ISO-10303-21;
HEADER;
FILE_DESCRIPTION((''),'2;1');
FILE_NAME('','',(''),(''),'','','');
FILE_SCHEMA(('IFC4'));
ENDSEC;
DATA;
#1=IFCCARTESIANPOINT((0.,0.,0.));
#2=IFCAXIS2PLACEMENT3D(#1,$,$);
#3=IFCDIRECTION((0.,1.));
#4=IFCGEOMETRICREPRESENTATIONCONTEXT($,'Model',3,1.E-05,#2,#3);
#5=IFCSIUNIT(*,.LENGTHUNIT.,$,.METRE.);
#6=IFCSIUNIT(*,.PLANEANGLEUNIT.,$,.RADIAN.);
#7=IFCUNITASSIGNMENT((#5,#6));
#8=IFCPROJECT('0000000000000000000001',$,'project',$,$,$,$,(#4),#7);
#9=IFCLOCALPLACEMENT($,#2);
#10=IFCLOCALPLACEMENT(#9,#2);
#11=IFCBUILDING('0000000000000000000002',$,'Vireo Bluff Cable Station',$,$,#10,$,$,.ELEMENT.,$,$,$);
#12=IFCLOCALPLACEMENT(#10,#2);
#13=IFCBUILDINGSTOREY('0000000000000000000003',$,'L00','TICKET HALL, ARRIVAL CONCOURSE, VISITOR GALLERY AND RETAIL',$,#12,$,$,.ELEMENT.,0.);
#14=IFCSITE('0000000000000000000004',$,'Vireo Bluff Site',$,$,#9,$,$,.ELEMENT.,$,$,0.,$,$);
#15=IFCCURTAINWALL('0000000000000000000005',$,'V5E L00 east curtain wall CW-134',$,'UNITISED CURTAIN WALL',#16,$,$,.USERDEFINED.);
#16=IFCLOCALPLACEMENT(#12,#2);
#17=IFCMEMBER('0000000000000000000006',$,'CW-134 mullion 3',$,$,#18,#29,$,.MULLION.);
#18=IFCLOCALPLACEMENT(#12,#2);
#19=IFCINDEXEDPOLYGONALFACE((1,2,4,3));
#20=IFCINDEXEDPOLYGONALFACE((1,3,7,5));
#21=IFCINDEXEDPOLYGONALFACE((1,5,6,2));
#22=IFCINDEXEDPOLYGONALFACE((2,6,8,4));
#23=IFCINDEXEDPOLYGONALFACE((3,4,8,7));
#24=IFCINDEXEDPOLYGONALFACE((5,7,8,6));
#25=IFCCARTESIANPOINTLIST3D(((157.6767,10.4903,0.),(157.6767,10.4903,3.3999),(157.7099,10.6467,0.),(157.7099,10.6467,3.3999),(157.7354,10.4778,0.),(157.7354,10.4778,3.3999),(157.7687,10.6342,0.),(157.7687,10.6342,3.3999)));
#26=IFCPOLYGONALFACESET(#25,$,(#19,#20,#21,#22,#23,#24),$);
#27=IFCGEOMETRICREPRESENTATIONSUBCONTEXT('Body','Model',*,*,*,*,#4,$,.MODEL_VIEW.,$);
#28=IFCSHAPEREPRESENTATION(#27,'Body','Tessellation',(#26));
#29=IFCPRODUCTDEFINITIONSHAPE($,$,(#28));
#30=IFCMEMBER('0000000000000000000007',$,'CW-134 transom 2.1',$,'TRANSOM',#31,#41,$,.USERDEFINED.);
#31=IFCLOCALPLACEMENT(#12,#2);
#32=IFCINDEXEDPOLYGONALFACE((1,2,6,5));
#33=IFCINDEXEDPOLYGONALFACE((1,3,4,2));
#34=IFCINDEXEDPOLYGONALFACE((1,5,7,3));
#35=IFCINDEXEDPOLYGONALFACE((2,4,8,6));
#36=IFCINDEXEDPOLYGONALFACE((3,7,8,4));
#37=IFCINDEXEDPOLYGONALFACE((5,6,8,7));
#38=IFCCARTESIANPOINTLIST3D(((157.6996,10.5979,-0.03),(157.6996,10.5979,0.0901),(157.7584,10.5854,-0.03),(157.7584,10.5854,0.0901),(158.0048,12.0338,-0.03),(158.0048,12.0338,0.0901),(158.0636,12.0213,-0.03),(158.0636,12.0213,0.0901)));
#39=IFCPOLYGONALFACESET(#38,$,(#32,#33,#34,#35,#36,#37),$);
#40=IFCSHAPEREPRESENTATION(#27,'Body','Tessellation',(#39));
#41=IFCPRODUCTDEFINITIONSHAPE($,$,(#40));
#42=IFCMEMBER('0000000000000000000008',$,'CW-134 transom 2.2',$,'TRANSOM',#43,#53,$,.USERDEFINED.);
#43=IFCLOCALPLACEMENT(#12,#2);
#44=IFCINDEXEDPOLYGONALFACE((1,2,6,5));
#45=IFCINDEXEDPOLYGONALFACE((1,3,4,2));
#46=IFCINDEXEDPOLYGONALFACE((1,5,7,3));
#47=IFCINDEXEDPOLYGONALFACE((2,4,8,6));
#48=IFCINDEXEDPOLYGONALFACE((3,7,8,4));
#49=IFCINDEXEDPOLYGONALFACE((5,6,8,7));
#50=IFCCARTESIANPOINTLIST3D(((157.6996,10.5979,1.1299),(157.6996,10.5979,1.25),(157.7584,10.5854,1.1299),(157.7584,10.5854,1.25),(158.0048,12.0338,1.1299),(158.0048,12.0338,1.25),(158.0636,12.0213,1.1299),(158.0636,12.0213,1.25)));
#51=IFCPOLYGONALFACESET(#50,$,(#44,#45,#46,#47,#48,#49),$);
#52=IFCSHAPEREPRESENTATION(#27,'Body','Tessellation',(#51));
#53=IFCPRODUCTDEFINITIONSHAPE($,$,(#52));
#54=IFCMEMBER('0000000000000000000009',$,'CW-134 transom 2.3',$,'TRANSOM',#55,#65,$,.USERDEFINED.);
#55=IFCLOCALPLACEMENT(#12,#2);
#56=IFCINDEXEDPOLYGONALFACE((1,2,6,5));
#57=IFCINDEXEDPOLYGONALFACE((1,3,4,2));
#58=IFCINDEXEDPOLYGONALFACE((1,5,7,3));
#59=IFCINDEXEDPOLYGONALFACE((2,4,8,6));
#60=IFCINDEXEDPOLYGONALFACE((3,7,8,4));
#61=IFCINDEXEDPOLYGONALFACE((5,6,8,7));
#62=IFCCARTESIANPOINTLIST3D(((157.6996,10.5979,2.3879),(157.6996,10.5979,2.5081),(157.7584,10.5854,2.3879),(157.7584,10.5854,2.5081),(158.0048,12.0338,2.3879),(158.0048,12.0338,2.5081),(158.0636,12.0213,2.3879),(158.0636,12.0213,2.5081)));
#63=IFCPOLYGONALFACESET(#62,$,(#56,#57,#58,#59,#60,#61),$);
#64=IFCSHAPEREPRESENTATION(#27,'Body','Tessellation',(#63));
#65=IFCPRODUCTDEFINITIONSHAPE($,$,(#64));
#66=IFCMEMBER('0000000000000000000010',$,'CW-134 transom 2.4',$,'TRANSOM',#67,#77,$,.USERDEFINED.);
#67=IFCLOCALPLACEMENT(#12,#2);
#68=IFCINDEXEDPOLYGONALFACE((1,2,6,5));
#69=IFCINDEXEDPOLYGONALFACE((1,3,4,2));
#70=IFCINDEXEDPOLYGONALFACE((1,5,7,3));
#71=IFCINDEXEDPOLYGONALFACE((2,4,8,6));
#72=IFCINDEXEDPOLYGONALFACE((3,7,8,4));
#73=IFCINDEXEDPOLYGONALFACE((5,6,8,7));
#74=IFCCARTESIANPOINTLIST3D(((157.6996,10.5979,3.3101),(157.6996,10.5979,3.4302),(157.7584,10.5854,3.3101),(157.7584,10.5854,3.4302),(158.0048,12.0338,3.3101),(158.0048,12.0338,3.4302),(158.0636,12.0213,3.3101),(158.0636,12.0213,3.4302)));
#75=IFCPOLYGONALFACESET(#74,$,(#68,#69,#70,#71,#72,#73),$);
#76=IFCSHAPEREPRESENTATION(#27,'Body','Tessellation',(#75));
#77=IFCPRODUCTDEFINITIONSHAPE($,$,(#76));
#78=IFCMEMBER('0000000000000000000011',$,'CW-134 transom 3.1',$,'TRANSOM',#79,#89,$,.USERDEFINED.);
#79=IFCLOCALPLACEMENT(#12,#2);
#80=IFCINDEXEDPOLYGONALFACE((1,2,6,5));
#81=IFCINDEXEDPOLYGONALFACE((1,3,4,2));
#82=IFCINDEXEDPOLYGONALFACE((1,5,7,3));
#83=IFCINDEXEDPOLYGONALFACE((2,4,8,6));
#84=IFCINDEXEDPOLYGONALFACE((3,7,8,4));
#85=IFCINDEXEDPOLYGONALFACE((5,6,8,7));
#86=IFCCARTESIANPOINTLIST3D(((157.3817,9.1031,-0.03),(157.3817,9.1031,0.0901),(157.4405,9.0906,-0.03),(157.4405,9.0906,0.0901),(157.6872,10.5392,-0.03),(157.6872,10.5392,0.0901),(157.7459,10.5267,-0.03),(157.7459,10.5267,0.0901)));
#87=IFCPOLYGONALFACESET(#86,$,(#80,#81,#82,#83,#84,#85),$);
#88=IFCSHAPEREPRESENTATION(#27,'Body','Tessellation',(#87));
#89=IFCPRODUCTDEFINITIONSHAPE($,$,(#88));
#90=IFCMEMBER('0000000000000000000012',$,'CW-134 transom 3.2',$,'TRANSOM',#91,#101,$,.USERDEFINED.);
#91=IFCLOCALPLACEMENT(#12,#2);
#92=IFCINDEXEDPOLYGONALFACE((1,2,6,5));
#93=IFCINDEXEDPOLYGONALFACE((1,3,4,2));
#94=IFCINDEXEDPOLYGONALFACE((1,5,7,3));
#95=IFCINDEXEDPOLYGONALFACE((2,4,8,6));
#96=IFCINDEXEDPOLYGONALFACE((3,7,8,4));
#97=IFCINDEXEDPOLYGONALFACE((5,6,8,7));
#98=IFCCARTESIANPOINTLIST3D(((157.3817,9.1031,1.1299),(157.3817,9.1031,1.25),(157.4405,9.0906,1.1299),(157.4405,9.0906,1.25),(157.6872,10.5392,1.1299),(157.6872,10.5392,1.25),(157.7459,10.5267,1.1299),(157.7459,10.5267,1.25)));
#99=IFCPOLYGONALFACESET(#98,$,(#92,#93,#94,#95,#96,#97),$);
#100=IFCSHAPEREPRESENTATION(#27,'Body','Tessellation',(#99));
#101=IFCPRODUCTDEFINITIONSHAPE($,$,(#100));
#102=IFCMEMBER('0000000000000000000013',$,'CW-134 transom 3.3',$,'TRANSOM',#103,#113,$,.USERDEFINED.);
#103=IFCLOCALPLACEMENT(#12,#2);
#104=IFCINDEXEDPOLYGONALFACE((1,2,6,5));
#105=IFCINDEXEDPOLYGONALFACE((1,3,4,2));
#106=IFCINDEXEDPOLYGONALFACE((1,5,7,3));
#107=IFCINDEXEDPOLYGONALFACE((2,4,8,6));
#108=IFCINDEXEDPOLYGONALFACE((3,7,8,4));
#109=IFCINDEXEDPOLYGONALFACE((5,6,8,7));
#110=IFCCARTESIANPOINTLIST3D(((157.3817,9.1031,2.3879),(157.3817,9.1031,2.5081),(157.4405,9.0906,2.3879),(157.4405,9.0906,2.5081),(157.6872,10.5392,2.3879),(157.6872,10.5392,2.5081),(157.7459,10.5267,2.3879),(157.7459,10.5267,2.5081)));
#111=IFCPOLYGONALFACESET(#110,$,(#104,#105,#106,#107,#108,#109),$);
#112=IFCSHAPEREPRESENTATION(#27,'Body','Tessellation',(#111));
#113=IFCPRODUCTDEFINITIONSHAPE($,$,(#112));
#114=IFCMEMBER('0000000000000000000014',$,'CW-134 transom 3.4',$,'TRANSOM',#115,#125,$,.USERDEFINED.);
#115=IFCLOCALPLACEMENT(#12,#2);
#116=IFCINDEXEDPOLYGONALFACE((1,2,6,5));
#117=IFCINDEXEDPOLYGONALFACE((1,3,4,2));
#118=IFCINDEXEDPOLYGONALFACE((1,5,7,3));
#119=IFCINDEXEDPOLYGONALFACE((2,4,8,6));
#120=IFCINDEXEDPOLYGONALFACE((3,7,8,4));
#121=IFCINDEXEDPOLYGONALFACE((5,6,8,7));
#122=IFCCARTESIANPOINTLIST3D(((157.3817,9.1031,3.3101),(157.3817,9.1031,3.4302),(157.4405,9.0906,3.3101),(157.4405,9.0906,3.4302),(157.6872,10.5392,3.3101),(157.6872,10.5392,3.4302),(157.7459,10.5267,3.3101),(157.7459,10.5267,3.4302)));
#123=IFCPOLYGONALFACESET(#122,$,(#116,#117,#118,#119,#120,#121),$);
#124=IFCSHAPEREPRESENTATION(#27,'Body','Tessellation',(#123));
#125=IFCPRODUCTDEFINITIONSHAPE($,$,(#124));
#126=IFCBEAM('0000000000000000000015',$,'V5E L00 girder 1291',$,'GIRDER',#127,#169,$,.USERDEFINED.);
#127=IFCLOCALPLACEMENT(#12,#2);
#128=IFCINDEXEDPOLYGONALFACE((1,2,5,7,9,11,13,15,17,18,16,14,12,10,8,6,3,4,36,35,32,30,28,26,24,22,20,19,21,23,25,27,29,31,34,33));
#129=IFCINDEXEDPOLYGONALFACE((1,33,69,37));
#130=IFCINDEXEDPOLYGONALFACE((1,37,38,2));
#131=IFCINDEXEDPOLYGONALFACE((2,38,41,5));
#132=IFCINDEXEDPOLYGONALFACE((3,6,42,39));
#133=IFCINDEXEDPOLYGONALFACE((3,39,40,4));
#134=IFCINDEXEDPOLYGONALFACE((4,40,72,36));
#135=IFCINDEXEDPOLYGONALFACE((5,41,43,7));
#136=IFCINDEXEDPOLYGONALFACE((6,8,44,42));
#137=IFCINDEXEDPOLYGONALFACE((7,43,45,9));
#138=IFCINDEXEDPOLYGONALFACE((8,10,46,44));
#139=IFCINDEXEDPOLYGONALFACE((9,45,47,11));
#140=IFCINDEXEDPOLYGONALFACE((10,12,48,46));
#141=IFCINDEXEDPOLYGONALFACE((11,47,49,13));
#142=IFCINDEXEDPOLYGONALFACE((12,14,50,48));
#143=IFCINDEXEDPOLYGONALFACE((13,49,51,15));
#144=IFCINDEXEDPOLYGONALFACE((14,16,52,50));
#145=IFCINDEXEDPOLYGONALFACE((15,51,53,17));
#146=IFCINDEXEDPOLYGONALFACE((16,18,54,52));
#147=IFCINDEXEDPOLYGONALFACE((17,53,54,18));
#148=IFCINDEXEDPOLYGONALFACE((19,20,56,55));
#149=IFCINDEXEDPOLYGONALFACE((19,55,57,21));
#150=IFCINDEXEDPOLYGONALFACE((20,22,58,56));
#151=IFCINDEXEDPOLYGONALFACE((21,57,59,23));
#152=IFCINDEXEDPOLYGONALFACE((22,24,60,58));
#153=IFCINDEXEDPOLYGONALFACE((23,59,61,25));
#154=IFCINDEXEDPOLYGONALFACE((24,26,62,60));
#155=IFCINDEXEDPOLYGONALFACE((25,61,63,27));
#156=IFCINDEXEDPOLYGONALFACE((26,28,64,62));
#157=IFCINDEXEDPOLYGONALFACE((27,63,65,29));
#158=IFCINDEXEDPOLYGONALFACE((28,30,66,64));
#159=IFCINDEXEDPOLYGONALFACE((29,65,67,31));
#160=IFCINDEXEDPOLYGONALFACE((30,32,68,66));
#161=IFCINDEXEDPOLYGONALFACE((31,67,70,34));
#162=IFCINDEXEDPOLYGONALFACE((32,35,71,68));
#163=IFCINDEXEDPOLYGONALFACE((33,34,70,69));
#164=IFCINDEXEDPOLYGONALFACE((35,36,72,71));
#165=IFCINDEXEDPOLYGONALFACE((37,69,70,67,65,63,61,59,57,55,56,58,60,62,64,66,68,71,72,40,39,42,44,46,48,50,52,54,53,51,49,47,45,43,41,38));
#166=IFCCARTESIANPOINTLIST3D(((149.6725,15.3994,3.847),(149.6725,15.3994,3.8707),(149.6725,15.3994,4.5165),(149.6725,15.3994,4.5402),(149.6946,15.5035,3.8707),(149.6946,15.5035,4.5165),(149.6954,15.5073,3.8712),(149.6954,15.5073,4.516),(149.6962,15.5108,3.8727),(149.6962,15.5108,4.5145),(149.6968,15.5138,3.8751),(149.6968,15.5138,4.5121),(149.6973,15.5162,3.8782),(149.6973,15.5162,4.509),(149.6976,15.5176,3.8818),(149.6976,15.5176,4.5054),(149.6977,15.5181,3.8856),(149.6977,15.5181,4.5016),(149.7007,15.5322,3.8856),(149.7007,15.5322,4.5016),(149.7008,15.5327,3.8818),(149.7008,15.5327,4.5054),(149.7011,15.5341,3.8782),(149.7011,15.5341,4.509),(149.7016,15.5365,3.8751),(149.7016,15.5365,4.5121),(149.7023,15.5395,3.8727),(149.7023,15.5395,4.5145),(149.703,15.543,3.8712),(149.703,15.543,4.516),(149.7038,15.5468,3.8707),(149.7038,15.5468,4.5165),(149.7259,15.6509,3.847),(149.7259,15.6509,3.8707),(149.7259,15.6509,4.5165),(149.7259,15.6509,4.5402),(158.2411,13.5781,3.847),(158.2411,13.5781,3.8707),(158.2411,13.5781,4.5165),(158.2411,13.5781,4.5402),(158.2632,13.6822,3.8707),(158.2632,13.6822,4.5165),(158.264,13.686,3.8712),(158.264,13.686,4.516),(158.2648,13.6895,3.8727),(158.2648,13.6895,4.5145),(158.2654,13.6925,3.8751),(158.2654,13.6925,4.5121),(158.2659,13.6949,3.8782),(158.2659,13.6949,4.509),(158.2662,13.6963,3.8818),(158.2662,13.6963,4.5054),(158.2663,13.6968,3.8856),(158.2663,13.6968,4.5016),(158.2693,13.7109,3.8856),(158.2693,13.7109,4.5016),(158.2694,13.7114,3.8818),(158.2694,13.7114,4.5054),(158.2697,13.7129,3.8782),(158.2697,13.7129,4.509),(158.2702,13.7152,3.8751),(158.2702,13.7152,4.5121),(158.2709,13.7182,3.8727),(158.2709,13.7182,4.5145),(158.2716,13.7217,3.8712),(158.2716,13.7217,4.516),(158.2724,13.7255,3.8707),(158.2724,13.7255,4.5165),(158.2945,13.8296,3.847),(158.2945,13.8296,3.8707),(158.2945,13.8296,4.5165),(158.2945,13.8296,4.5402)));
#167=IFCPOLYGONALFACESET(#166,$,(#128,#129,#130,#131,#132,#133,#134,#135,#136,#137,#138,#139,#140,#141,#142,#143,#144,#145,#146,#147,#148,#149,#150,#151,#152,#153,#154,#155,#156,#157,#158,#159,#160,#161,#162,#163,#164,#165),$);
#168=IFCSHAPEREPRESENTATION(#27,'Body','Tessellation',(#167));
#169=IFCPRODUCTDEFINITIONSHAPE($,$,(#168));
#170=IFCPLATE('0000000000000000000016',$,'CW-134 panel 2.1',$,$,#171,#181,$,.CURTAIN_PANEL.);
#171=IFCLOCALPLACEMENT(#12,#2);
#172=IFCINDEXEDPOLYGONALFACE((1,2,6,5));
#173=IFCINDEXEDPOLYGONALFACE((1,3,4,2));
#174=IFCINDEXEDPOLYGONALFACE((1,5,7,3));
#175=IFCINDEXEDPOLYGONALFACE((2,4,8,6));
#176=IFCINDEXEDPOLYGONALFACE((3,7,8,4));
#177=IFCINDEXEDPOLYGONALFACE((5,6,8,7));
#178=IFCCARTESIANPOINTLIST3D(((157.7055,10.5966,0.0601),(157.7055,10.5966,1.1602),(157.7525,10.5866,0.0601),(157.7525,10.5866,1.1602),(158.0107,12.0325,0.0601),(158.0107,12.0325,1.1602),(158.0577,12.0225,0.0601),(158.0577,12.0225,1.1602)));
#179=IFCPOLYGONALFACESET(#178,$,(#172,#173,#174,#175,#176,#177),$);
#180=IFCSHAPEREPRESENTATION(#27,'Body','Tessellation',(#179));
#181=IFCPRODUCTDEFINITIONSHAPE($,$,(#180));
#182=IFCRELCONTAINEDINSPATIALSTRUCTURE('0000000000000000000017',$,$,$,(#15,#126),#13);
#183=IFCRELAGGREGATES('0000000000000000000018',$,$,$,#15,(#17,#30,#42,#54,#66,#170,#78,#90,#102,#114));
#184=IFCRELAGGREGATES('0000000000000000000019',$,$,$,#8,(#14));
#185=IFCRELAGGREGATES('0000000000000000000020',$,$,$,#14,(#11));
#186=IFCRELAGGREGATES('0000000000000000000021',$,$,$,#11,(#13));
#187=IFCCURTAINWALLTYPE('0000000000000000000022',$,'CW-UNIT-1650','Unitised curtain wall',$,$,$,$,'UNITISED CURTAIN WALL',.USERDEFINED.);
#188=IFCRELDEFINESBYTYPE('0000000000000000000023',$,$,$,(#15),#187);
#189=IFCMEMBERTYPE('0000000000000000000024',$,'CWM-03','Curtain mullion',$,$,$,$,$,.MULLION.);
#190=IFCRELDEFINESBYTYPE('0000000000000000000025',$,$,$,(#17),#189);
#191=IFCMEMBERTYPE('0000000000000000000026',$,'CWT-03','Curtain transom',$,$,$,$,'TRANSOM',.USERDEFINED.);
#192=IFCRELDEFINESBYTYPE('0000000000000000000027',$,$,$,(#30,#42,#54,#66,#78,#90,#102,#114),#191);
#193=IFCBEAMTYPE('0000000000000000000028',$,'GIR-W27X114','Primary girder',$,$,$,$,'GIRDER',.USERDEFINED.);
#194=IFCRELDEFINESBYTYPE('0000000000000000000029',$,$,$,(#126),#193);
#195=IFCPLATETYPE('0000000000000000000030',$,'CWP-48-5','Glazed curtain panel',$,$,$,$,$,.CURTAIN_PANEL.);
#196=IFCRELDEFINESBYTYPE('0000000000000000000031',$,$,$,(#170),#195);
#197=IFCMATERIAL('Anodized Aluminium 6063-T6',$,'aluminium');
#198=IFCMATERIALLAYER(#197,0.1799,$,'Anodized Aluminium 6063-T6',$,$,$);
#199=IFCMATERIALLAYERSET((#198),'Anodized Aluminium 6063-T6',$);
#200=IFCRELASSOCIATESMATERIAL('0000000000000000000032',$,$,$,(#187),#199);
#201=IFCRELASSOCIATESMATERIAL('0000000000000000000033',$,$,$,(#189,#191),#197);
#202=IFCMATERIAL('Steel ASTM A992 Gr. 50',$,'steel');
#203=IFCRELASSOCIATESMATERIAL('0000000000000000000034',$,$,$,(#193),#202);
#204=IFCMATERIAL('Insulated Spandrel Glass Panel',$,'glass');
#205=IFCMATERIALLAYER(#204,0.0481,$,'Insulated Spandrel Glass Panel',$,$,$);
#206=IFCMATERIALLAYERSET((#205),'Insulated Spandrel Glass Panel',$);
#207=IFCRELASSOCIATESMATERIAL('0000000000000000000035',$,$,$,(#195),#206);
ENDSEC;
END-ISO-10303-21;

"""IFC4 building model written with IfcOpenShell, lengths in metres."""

from ifc_helpers import new_model, si_unit, direction, frame, origin, origin_2d, place, context, subcontext, project, spatial, rectangle, i_section, extrude, material, layer, layer_set, material_profile, profile_set, type_object, element, aggregate, save


model = new_model("IFC4")

# Units and contexts
model_context = context("Model", 3, precision=1e-05, world=origin(), true_north=direction((0.0, 1.0)))
body_context = subcontext(model_context, "Body", "Model", "MODEL_VIEW")
ifc_project = project(units=[si_unit("LENGTHUNIT", "METRE"), si_unit("PLANEANGLEUNIT", "RADIAN")], contexts=[model_context])

# Site, building, storey
site_placement = place(None, origin())
site = spatial("IfcSite", under=ifc_project, at=site_placement, Name="Vireo Bluff Site", CompositionType="ELEMENT", RefElevation=0.0)
building_placement = place(site_placement, origin())
building = spatial("IfcBuilding", under=site, at=building_placement, Name="Vireo Bluff Cable Station", CompositionType="ELEMENT")
storey_placement = place(building_placement, origin())
storey = spatial("IfcBuildingStorey", under=building, at=storey_placement, Name="L00", Description="TICKET HALL, ARRIVAL CONCOURSE, VISITOR GALLERY AND RETAIL", CompositionType="ELEMENT", Elevation=0.0)

# Shared definitions
ifc_material_1 = material(Name="Steel ASTM A992 Gr. 50", Category="steel")

# Curtain wall, members
ifc_material_2 = material(Name="Anodized Aluminium 6063-T6", Category="aluminium")
ifc_layer_1 = layer(ifc_material_2, 0.1799, Name="Anodized Aluminium 6063-T6")
ifc_layer_set_1 = layer_set([ifc_layer_1], Name="Anodized Aluminium 6063-T6")
curtain_wall_type = type_object("IfcCurtainWallType", Name="CW-UNIT-1650", Description="Unitised curtain wall", ElementType="UNITISED CURTAIN WALL", PredefinedType="USERDEFINED", material=ifc_layer_set_1)
curtain_wall_placement = place(storey_placement, origin())
curtain_wall = element("IfcCurtainWall", 1, at=curtain_wall_placement, inside=storey, type_object=curtain_wall_type, Name="V5E L00 east curtain wall CW-134", ObjectType="UNITISED CURTAIN WALL", PredefinedType="USERDEFINED")
ifc_material_profile_1 = material_profile(ifc_material_2, rectangle(XDim=0.0601, YDim=0.1599, at=origin_2d()), Name="ALU-M-60X160")
ifc_profile_set_1 = profile_set([ifc_material_profile_1], Name="Anodized Aluminium 6063-T6")
member_type_1 = type_object("IfcMemberType", Name="CWM-03", Description="Curtain mullion", PredefinedType="MULLION", material=ifc_profile_set_1)
member_1_placement = place(storey_placement, frame((157.7227, 10.5623, 0.0), z_axis=(0.0, 0.0, 1.0), x_axis=(0.978148, -0.207912, 0.0)))
member_1 = element("IfcMember", 2, at=member_1_placement, type_object=member_type_1, Name="CW-134 mullion 3", PredefinedType="MULLION", context=body_context, shape_type="SweptSolid", body=[
    extrude(rectangle(XDim=0.0601, YDim=0.1599, at=origin_2d()), origin(), (0.0, 0.0, 1.0), 3.3999),
])
ifc_material_profile_2 = material_profile(ifc_material_2, rectangle(XDim=0.0601, YDim=0.1201, at=origin_2d()), Name="ALU-T-60X120")
ifc_profile_set_2 = profile_set([ifc_material_profile_2], Name="Anodized Aluminium 6063-T6")
member_type_2 = type_object("IfcMemberType", Name="CWT-03", Description="Curtain transom", ElementType="TRANSOM", PredefinedType="USERDEFINED", material=ifc_profile_set_2)
member_2_placement = place(storey_placement, frame((158.0342, 12.0276, 0.03), z_axis=(-0.207871, -0.978156, 0.0), x_axis=(0.978156, -0.207871, 0.0)))
member_2 = element("IfcMember", 3, at=member_2_placement, type_object=member_type_2, Name="CW-134 transom 2.1", ObjectType="TRANSOM", PredefinedType="USERDEFINED", context=body_context, shape_type="SweptSolid", body=[
    extrude(rectangle(XDim=0.0601, YDim=0.1201, at=origin_2d()), origin(), (0.0, 0.0, 1.0), 1.468),
])
member_3_placement = place(storey_placement, frame((158.0342, 12.0276, 1.1899), z_axis=(-0.207871, -0.978156, 0.0), x_axis=(0.978156, -0.207871, 0.0)))
member_3 = element("IfcMember", 4, at=member_3_placement, type_object=member_type_2, Name="CW-134 transom 2.2", ObjectType="TRANSOM", PredefinedType="USERDEFINED", context=body_context, shape_type="SweptSolid", body=[
    extrude(rectangle(XDim=0.0601, YDim=0.1201, at=origin_2d()), origin(), (0.0, 0.0, 1.0), 1.468),
])
member_4_placement = place(storey_placement, frame((158.0342, 12.0276, 2.448), z_axis=(-0.207871, -0.978156, 0.0), x_axis=(0.978156, -0.207871, 0.0)))
member_4 = element("IfcMember", 5, at=member_4_placement, type_object=member_type_2, Name="CW-134 transom 2.3", ObjectType="TRANSOM", PredefinedType="USERDEFINED", context=body_context, shape_type="SweptSolid", body=[
    extrude(rectangle(XDim=0.0601, YDim=0.1201, at=origin_2d()), origin(), (0.0, 0.0, 1.0), 1.468),
])
member_5_placement = place(storey_placement, frame((158.0342, 12.0276, 3.3701), z_axis=(-0.207871, -0.978156, 0.0), x_axis=(0.978156, -0.207871, 0.0)))
member_5 = element("IfcMember", 6, at=member_5_placement, type_object=member_type_2, Name="CW-134 transom 2.4", ObjectType="TRANSOM", PredefinedType="USERDEFINED", context=body_context, shape_type="SweptSolid", body=[
    extrude(rectangle(XDim=0.0601, YDim=0.1201, at=origin_2d()), origin(), (0.0, 0.0, 1.0), 1.468),
])
member_6_placement = place(storey_placement, frame((157.7166, 10.533, 0.03), z_axis=(-0.20803, -0.978122, 0.0), x_axis=(0.978122, -0.20803, 0.0)))
member_6 = element("IfcMember", 7, at=member_6_placement, type_object=member_type_2, Name="CW-134 transom 3.1", ObjectType="TRANSOM", PredefinedType="USERDEFINED", context=body_context, shape_type="SweptSolid", body=[
    extrude(rectangle(XDim=0.0601, YDim=0.1201, at=origin_2d()), origin(), (0.0, 0.0, 1.0), 1.4683),
])
member_7_placement = place(storey_placement, frame((157.7166, 10.533, 1.1899), z_axis=(-0.20803, -0.978122, 0.0), x_axis=(0.978122, -0.20803, 0.0)))
member_7 = element("IfcMember", 8, at=member_7_placement, type_object=member_type_2, Name="CW-134 transom 3.2", ObjectType="TRANSOM", PredefinedType="USERDEFINED", context=body_context, shape_type="SweptSolid", body=[
    extrude(rectangle(XDim=0.0601, YDim=0.1201, at=origin_2d()), origin(), (0.0, 0.0, 1.0), 1.4683),
])
member_8_placement = place(storey_placement, frame((157.7166, 10.533, 2.448), z_axis=(-0.20803, -0.978122, 0.0), x_axis=(0.978122, -0.20803, 0.0)))
member_8 = element("IfcMember", 9, at=member_8_placement, type_object=member_type_2, Name="CW-134 transom 3.3", ObjectType="TRANSOM", PredefinedType="USERDEFINED", context=body_context, shape_type="SweptSolid", body=[
    extrude(rectangle(XDim=0.0601, YDim=0.1201, at=origin_2d()), origin(), (0.0, 0.0, 1.0), 1.4683),
])
member_9_placement = place(storey_placement, frame((157.7166, 10.533, 3.3701), z_axis=(-0.20803, -0.978122, 0.0), x_axis=(0.978122, -0.20803, 0.0)))
member_9 = element("IfcMember", 10, at=member_9_placement, type_object=member_type_2, Name="CW-134 transom 3.4", ObjectType="TRANSOM", PredefinedType="USERDEFINED", context=body_context, shape_type="SweptSolid", body=[
    extrude(rectangle(XDim=0.0601, YDim=0.1201, at=origin_2d()), origin(), (0.0, 0.0, 1.0), 1.4683),
])

# Beam
ifc_material_profile_3 = material_profile(ifc_material_1, i_section(OverallWidth=0.2571, OverallDepth=0.6931, WebThickness=0.0144, FlangeThickness=0.0237, FilletRadius=0.0149, at=origin_2d()), Name="W27X114")
ifc_profile_set_3 = profile_set([ifc_material_profile_3], Name="Steel ASTM A992 Gr. 50")
beam_type = type_object("IfcBeamType", Name="GIR-W27X114", Description="Primary girder", ElementType="GIRDER", PredefinedType="USERDEFINED", material=ifc_profile_set_3)
beam_placement = place(storey_placement, frame((149.6992, 15.5251, 4.1936), z_axis=(0.978148, -0.207909, 0.0), x_axis=(0.207909, 0.978148, 0.0)))
element("IfcBeam", 11, at=beam_placement, inside=storey, type_object=beam_type, Name="V5E L00 girder 1291", ObjectType="GIRDER", PredefinedType="USERDEFINED", context=body_context, shape_type="SweptSolid", body=[
    extrude(i_section(OverallWidth=0.2571, OverallDepth=0.6931, WebThickness=0.0144, FlangeThickness=0.0237, FilletRadius=0.0149, at=origin_2d()), origin(), (0.0, 0.0, 1.0), 8.76),
])

# Plate
ifc_material_3 = material(Name="Insulated Spandrel Glass Panel", Category="glass")
ifc_layer_2 = layer(ifc_material_3, 0.0481, Name="Insulated Spandrel Glass Panel")
ifc_layer_set_2 = layer_set([ifc_layer_2], Name="Insulated Spandrel Glass Panel")
plate_type = type_object("IfcPlateType", Name="CWP-48-5", Description="Glazed curtain panel", PredefinedType="CURTAIN_PANEL", material=ifc_layer_set_2)
plate_1_placement = place(storey_placement, frame((157.8816, 11.3096, 0.0601), z_axis=(0.0, 0.0, 1.0), x_axis=(-0.207912, -0.978148, 0.0)))
plate_1 = element("IfcPlate", 12, at=plate_1_placement, type_object=plate_type, Name="CW-134 panel 2.1", PredefinedType="CURTAIN_PANEL", context=body_context, shape_type="SweptSolid", body=[
    extrude(rectangle(XDim=1.468, YDim=0.0481, at=origin_2d()), origin(), (0.0, 0.0, 1.0), 1.1001),
])
aggregate(curtain_wall, [member_1, member_2, member_3, member_4, member_5, plate_1, member_6, member_7, member_8, member_9])

save(model, "model.ifc")
